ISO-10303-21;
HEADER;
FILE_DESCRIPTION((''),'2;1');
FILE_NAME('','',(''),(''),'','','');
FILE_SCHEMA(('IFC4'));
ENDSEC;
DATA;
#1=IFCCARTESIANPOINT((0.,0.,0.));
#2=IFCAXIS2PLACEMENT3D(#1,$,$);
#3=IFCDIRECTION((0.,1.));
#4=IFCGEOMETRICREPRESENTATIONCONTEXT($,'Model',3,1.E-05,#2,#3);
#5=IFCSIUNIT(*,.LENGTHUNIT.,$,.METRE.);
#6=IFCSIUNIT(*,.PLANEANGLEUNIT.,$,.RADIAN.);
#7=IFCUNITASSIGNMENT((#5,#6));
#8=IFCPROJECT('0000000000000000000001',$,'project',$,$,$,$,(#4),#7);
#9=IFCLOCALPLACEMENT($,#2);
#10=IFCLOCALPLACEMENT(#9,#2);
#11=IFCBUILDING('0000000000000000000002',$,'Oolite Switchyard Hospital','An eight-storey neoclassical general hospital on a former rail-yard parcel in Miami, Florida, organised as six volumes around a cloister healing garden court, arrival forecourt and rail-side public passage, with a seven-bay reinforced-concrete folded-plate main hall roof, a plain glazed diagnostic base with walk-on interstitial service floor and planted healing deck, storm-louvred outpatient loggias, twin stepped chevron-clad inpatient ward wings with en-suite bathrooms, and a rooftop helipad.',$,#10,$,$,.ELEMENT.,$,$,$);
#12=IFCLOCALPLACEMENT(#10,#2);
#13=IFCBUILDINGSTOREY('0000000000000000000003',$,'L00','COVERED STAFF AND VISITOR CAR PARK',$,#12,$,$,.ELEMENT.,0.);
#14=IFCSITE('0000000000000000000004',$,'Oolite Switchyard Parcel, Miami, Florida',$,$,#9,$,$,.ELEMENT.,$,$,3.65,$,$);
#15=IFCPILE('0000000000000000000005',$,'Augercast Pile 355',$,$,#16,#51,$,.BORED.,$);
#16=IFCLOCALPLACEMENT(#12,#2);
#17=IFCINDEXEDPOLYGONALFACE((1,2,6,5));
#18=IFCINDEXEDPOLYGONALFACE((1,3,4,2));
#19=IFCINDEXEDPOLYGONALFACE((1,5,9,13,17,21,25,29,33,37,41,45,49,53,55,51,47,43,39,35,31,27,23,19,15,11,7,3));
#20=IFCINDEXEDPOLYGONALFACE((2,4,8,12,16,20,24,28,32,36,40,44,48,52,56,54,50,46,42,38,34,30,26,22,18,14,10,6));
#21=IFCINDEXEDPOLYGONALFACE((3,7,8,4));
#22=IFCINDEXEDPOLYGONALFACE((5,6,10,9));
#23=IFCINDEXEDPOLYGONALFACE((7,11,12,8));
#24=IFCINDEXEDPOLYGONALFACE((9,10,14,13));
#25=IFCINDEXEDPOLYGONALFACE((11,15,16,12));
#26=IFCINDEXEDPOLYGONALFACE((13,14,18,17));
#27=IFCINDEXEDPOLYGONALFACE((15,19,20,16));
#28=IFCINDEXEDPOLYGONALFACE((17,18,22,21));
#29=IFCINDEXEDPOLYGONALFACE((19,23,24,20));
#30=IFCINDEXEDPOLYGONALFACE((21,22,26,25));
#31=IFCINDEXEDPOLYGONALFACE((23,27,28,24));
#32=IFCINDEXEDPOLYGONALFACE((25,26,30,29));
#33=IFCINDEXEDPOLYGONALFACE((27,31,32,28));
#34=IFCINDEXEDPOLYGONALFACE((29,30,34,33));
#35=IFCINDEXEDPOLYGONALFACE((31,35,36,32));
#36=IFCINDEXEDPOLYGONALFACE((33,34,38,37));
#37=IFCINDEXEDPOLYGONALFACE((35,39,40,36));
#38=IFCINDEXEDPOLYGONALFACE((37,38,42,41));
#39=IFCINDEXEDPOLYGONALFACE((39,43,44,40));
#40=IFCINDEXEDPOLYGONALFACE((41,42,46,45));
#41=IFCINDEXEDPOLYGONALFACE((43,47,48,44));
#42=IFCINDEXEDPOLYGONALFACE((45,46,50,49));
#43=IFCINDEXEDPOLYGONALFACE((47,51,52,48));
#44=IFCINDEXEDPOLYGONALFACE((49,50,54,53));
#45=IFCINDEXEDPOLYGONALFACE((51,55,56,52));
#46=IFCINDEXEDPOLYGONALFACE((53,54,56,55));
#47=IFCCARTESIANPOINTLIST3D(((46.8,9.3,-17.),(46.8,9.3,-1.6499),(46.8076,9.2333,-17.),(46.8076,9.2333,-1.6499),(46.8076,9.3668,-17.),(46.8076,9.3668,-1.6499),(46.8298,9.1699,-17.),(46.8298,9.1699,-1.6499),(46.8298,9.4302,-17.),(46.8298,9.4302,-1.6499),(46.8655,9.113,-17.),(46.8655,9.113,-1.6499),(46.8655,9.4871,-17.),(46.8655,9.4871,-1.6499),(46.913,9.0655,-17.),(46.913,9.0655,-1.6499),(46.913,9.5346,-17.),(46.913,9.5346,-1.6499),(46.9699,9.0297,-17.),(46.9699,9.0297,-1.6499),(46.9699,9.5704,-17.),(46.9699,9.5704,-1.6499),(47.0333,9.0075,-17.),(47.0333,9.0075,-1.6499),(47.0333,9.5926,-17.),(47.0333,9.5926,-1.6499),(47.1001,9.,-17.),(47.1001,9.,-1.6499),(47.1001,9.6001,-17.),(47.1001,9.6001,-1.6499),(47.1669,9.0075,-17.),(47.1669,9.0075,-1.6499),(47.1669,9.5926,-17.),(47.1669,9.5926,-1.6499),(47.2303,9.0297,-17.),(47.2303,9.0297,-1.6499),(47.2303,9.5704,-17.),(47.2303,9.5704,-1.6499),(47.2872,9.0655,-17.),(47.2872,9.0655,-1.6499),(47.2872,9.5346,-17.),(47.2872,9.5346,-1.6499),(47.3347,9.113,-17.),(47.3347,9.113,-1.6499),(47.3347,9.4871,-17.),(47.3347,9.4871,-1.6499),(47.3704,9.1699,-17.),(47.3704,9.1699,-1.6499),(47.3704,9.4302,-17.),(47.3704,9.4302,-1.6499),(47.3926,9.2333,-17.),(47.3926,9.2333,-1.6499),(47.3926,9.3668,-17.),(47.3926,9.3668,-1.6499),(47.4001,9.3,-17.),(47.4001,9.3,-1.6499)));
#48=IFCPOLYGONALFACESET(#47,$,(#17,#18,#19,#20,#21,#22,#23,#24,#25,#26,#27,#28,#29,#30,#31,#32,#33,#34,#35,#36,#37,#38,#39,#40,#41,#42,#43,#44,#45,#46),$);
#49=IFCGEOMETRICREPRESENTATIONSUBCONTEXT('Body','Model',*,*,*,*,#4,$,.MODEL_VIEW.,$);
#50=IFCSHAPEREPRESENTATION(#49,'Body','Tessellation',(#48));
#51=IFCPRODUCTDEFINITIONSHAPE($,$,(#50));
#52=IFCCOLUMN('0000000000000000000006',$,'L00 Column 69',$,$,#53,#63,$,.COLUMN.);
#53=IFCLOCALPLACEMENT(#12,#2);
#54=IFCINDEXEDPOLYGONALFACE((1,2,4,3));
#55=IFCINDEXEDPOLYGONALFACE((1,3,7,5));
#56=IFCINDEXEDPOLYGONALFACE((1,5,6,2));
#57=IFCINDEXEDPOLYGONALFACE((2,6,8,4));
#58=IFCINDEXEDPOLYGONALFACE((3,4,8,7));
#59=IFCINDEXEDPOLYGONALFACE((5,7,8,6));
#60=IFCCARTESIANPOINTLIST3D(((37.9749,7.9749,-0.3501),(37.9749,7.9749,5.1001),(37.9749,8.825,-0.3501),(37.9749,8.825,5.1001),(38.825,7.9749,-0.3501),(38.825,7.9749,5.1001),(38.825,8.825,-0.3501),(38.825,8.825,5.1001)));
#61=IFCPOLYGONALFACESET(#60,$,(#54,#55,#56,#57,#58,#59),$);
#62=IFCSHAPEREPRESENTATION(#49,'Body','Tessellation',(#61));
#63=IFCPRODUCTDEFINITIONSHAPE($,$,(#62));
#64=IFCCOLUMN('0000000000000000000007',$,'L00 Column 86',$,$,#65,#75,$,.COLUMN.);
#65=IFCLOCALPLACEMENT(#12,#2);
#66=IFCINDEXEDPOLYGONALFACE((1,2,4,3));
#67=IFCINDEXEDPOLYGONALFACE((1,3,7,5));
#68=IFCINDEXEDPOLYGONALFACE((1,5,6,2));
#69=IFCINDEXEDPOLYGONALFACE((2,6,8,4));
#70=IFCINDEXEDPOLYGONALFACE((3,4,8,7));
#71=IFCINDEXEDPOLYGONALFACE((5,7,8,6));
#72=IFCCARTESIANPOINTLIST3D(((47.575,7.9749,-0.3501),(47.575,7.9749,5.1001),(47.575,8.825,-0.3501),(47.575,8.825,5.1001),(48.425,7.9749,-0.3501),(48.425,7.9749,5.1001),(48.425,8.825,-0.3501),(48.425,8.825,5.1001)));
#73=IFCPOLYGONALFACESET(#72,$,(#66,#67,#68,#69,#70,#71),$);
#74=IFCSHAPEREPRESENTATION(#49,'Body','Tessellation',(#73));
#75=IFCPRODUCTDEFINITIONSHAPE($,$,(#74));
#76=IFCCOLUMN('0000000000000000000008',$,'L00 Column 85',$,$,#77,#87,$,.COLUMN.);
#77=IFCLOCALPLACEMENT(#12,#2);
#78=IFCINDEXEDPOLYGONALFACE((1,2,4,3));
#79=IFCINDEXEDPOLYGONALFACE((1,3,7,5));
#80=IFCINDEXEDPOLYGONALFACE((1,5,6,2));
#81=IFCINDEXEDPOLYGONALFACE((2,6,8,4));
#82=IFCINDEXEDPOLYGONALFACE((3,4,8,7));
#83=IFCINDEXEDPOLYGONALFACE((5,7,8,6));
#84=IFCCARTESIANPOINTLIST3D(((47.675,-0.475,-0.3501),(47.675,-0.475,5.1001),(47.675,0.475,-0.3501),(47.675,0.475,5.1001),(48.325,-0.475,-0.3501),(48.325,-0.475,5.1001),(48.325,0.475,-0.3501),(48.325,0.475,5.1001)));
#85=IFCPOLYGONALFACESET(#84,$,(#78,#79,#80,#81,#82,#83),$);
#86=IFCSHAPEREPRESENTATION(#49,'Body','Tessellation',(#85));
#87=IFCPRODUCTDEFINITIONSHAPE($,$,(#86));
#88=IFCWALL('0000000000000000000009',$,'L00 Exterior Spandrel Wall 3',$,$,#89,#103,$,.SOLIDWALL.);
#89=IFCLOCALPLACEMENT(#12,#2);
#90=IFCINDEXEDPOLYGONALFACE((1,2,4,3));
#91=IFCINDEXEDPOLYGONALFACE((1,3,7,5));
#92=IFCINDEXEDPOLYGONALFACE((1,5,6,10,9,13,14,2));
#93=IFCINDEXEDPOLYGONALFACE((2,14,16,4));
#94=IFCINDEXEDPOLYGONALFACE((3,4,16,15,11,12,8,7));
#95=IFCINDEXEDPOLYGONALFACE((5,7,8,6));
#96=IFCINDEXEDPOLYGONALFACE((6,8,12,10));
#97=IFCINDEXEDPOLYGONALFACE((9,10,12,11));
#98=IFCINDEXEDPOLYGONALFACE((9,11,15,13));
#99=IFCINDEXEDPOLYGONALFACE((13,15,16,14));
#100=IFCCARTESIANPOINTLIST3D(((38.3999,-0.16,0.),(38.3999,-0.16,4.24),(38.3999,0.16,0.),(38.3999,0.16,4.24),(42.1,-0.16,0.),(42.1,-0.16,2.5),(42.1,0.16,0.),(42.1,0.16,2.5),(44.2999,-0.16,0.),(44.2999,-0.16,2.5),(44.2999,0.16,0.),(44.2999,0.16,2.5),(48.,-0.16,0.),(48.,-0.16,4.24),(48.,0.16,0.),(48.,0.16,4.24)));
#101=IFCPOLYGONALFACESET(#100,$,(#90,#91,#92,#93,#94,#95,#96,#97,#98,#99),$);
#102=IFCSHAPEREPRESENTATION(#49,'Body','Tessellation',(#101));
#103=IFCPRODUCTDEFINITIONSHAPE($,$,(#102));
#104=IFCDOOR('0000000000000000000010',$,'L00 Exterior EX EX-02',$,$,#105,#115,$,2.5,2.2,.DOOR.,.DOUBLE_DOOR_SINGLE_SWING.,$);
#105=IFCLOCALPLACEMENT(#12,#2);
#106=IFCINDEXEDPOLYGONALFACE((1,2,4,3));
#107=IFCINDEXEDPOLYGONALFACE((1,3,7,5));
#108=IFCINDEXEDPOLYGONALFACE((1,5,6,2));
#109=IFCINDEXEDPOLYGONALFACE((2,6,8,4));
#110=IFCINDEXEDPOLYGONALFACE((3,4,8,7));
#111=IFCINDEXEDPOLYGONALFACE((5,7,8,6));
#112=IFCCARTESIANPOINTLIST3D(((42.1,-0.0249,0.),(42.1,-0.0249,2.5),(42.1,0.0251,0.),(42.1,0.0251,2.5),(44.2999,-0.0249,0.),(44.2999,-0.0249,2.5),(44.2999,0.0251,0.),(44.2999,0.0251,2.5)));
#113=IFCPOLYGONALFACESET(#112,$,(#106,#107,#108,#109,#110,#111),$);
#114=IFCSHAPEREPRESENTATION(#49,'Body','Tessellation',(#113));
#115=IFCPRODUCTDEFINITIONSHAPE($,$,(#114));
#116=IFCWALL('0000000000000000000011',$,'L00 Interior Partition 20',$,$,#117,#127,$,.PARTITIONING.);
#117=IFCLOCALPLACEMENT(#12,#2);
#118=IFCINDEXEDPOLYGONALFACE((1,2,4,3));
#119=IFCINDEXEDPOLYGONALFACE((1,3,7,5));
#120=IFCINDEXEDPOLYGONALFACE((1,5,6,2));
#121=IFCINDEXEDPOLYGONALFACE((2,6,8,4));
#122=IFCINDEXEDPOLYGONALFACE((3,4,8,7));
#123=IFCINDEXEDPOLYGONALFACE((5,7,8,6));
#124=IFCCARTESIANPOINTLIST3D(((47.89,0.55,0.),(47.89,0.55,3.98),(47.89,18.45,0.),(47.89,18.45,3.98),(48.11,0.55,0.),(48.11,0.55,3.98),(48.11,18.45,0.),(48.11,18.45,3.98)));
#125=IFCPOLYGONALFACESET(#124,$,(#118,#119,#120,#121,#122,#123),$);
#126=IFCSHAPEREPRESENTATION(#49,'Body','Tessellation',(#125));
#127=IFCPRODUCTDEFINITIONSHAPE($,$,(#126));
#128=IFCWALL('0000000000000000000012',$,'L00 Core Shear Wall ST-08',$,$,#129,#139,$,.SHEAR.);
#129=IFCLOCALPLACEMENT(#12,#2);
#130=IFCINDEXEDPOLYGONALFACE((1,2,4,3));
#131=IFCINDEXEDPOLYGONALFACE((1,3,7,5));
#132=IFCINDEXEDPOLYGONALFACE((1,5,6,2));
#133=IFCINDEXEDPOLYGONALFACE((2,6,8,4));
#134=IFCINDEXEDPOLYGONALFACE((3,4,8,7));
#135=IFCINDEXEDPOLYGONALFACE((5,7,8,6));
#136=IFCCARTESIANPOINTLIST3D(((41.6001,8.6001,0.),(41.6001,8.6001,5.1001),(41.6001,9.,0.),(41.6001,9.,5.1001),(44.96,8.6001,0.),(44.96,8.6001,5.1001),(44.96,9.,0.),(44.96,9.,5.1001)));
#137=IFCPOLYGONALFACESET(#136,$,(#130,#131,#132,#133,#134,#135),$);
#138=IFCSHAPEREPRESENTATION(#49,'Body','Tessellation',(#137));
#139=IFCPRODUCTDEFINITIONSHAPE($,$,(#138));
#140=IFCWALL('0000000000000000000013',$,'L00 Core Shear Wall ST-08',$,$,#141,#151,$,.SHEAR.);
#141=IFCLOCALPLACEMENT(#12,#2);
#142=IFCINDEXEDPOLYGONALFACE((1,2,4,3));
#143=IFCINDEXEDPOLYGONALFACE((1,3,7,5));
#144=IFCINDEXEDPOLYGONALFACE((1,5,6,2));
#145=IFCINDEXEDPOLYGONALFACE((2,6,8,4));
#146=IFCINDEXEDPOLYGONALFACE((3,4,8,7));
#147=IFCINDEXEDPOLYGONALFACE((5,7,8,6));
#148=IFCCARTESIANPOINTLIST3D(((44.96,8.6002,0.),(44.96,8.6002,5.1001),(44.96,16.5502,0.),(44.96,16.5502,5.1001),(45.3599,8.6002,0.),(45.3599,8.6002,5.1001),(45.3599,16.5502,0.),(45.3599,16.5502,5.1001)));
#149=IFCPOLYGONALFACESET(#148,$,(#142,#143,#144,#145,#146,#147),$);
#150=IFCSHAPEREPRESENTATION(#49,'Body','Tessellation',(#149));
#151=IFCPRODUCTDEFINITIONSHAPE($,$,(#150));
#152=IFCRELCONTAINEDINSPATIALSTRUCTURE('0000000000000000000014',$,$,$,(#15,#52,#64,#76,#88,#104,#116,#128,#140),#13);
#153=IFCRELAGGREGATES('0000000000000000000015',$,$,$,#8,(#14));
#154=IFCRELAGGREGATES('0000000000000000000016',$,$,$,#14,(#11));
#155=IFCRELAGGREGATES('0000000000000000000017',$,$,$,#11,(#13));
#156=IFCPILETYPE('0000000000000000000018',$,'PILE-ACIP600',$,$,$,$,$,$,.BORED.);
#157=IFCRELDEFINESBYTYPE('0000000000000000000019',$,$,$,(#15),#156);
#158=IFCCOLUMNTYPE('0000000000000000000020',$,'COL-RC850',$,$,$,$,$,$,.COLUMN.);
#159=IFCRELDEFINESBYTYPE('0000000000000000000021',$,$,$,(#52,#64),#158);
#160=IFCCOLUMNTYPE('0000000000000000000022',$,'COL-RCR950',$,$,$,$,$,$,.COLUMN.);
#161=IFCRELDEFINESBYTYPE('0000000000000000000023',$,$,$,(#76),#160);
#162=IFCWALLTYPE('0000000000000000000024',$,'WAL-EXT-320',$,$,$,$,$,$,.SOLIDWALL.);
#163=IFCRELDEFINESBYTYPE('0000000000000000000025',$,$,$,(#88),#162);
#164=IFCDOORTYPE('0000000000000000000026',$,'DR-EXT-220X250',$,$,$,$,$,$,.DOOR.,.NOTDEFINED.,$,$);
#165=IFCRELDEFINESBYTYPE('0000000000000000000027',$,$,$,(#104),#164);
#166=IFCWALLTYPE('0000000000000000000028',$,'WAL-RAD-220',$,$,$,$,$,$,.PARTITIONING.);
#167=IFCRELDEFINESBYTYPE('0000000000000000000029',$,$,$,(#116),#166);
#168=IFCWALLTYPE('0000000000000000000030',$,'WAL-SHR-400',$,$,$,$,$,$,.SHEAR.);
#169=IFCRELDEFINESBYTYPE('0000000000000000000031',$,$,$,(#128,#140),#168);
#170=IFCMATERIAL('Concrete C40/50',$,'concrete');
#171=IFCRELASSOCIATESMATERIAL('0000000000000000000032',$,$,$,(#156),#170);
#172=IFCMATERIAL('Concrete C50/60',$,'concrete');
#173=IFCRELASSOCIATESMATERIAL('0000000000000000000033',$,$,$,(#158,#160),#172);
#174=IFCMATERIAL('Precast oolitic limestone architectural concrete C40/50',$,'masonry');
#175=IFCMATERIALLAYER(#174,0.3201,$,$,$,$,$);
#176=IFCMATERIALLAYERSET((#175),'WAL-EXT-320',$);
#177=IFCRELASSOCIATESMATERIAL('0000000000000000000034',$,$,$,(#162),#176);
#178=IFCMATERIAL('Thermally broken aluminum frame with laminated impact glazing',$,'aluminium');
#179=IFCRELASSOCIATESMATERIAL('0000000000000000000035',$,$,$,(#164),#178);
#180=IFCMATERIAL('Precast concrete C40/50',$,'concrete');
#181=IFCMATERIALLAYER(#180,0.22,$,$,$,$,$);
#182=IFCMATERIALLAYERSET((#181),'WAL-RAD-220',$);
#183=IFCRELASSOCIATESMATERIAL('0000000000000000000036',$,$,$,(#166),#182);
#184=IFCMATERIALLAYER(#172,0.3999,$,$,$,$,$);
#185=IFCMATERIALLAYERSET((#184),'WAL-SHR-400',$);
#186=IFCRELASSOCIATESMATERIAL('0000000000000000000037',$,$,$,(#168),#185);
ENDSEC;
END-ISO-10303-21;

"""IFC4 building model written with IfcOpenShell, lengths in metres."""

from ifc_helpers import new_model, si_unit, direction, frame, frame_2d, origin, origin_2d, place, context, subcontext, project, spatial, rectangle, circle, extrude, material, layer, layer_set, material_profile, profile_set, type_object, element, fill, save


model = new_model("IFC4")

# Units and contexts
model_context = context("Model", 3, precision=1e-05, world=origin(), true_north=direction((0.0, 1.0)))
body_context = subcontext(model_context, "Body", "Model", "MODEL_VIEW")
ifc_project = project(units=[si_unit("LENGTHUNIT", "METRE"), si_unit("PLANEANGLEUNIT", "RADIAN")], contexts=[model_context])

# Site, building, storey
site_placement = place(None, origin())
site = spatial("IfcSite", under=ifc_project, at=site_placement, Name="Oolite Switchyard Parcel, Miami, Florida", CompositionType="ELEMENT", RefElevation=3.65)
building_placement = place(site_placement, origin())
building = spatial("IfcBuilding", under=site, at=building_placement, Name="Oolite Switchyard Hospital", Description="An eight-storey neoclassical general hospital on a former rail-yard parcel in Miami, Florida, organised as six volumes around a cloister healing garden court, arrival forecourt and rail-side public passage, with a seven-bay reinforced-concrete folded-plate main hall roof, a plain glazed diagnostic base with walk-on interstitial service floor and planted healing deck, storm-louvred outpatient loggias, twin stepped chevron-clad inpatient ward wings with en-suite bathrooms, and a rooftop helipad.", CompositionType="ELEMENT")
storey_placement = place(building_placement, origin())
storey = spatial("IfcBuildingStorey", under=building, at=storey_placement, Name="L00", Description="COVERED STAFF AND VISITOR CAR PARK", CompositionType="ELEMENT", Elevation=0.0)

# Shared definitions
ifc_material_1 = material(Name="Concrete C40/50", Category="concrete")

# Pile
ifc_material_profile_1 = material_profile(ifc_material_1, circle(Radius=0.3, at=origin_2d()), Name="PILE600")
ifc_profile_set_1 = profile_set([ifc_material_profile_1], Name="Concrete C40/50")
pile_type = type_object("IfcPileType", Name="PILE-ACIP600", PredefinedType="BORED", material=ifc_profile_set_1)
for number, where, z_axis, x_axis, name in (
    (1, (47.1001, 9.3, -1.6499), (0.0, 0.0, -1.0), (1.0, 0.0, 0.0), "Augercast Pile 355"),
):
    element("IfcPile", number, at=place(storey_placement, frame(where, z_axis=z_axis, x_axis=x_axis)), inside=storey, type_object=pile_type, Name=name, PredefinedType="BORED", context=body_context, shape_type="SweptSolid", body=[
        extrude(circle(Radius=0.3, at=origin_2d()), origin(), (0.0, 0.0, 1.0), 15.3501),
    ])

# Columns
ifc_material_2 = material(Name="Concrete C50/60", Category="concrete")
ifc_material_profile_2 = material_profile(ifc_material_2, rectangle(XDim=0.8501, YDim=0.8501, at=origin_2d()), Name="RC850X850")
ifc_profile_set_2 = profile_set([ifc_material_profile_2], Name="Concrete C50/60")
column_type_1 = type_object("IfcColumnType", Name="COL-RC850", PredefinedType="COLUMN", material=ifc_profile_set_2)
for number, where, z_axis, x_axis, name in (
    (2, (38.3999, 8.3999, -0.3501), (0.0, 0.0, 1.0), (1.0, 0.0, 0.0), "L00 Column 69"),
    (3, (48.0, 8.3999, -0.3501), (0.0, 0.0, 1.0), (1.0, 0.0, 0.0), "L00 Column 86"),
):
    element("IfcColumn", number, at=place(storey_placement, frame(where, z_axis=z_axis, x_axis=x_axis)), inside=storey, type_object=column_type_1, Name=name, PredefinedType="COLUMN", context=body_context, shape_type="SweptSolid", body=[
        extrude(rectangle(XDim=0.8501, YDim=0.8501, at=origin_2d()), origin(), (0.0, 0.0, 1.0), 5.4502),
    ])
ifc_material_profile_3 = material_profile(ifc_material_2, rectangle(XDim=0.95, YDim=0.6499, at=origin_2d()), Name="RC950X650")
ifc_profile_set_3 = profile_set([ifc_material_profile_3], Name="Concrete C50/60")
column_type_2 = type_object("IfcColumnType", Name="COL-RCR950", PredefinedType="COLUMN", material=ifc_profile_set_3)
column_placement = place(storey_placement, frame((48.0, 0.0, -0.3501), z_axis=(0.0, 0.0, 1.0), x_axis=(0.0, 1.0, 0.0)))
element("IfcColumn", 4, at=column_placement, inside=storey, type_object=column_type_2, Name="L00 Column 85", PredefinedType="COLUMN", context=body_context, shape_type="SweptSolid", body=[
    extrude(rectangle(XDim=0.95, YDim=0.6499, at=origin_2d()), origin(), (0.0, 0.0, 1.0), 5.4502),
])

# Wall, opening, door
ifc_material_3 = material(Name="Precast oolitic limestone architectural concrete C40/50", Category="masonry")
ifc_layer_1 = layer(ifc_material_3, 0.3201)
ifc_layer_set_1 = layer_set([ifc_layer_1], Name="WAL-EXT-320")
wall_type_1 = type_object("IfcWallType", Name="WAL-EXT-320", PredefinedType="SOLIDWALL", material=ifc_layer_set_1)
wall_1_placement = place(storey_placement, frame((48.0, 0.0, 0.0), z_axis=(0.0, 0.0, 1.0), x_axis=(-1.0, 0.0, 0.0)))
wall_1 = element("IfcWall", 5, at=wall_1_placement, inside=storey, type_object=wall_type_1, Name="L00 Exterior Spandrel Wall 3", PredefinedType="SOLIDWALL", context=body_context, shape_type="SweptSolid", body=[
    extrude(rectangle(XDim=9.6001, YDim=0.3201, at=frame_2d((4.8, 0.0))), origin(), (0.0, 0.0, 1.0), 4.24),
])
opening_placement = place(wall_1_placement, frame((3.7, 0.0, 0.0)))
opening = element("IfcOpeningElement", 6, at=opening_placement, cuts=wall_1, PredefinedType="OPENING", context=body_context, shape_type="SweptSolid", body=[
    extrude(rectangle(XDim=2.2, YDim=2.5, at=frame_2d((1.1001, 1.25))), frame((0.0, 0.1699, 0.0), z_axis=(0.0, -1.0, 0.0), x_axis=(1.0, 0.0, 0.0)), (0.0, 0.0, 1.0), 0.3401),
])
ifc_material_4 = material(Name="Thermally broken aluminum frame with laminated impact glazing", Category="aluminium")
door_type = type_object("IfcDoorType", Name="DR-EXT-220X250", OperationType="NOTDEFINED", PredefinedType="DOOR", material=ifc_material_4)
door_placement = place(opening_placement, origin())
door = element("IfcDoor", 7, at=door_placement, inside=storey, type_object=door_type, Name="L00 Exterior EX EX-02", OperationType="DOUBLE_DOOR_SINGLE_SWING", OverallHeight=2.5, OverallWidth=2.2, PredefinedType="DOOR", context=body_context, shape_type="SweptSolid", body=[
    extrude(rectangle(XDim=2.2, YDim=2.5, at=frame_2d((1.1001, 1.25))), frame((0.0, 0.0249, 0.0), z_axis=(0.0, -1.0, 0.0), x_axis=(1.0, 0.0, 0.0)), (0.0, 0.0, 1.0), 0.05),
])
fill(opening, door)

# Walls
ifc_material_5 = material(Name="Precast concrete C40/50", Category="concrete")
ifc_layer_2 = layer(ifc_material_5, 0.22)
ifc_layer_set_2 = layer_set([ifc_layer_2], Name="WAL-RAD-220")
wall_type_2 = type_object("IfcWallType", Name="WAL-RAD-220", PredefinedType="PARTITIONING", material=ifc_layer_set_2)
wall_2_placement = place(storey_placement, frame((48.0, 0.55, 0.0), z_axis=(0.0, 0.0, 1.0), x_axis=(0.0, 1.0, 0.0)))
element("IfcWall", 8, at=wall_2_placement, inside=storey, type_object=wall_type_2, Name="L00 Interior Partition 20", PredefinedType="PARTITIONING", context=body_context, shape_type="SweptSolid", body=[
    extrude(rectangle(XDim=17.8999, YDim=0.22, at=frame_2d((8.95, 0.0))), origin(), (0.0, 0.0, 1.0), 3.98),
])
ifc_layer_3 = layer(ifc_material_2, 0.3999)
ifc_layer_set_3 = layer_set([ifc_layer_3], Name="WAL-SHR-400")
wall_type_3 = type_object("IfcWallType", Name="WAL-SHR-400", PredefinedType="SHEAR", material=ifc_layer_set_3)
wall_3_placement = place(storey_placement, frame((41.6001, 8.8, 0.0), z_axis=(0.0, 0.0, 1.0), x_axis=(1.0, 0.0, 0.0)))
element("IfcWall", 9, at=wall_3_placement, inside=storey, type_object=wall_type_3, Name="L00 Core Shear Wall ST-08", PredefinedType="SHEAR", context=body_context, shape_type="SweptSolid", body=[
    extrude(rectangle(XDim=3.3599, YDim=0.3999, at=frame_2d((1.6799, 0.0))), origin(), (0.0, 0.0, 1.0), 5.1001),
])
wall_4_placement = place(storey_placement, frame((45.1599, 8.6001, 0.0), z_axis=(0.0, 0.0, 1.0), x_axis=(0.0, 1.0, 0.0)))
element("IfcWall", 10, at=wall_4_placement, inside=storey, type_object=wall_type_3, Name="L00 Core Shear Wall ST-08", PredefinedType="SHEAR", context=body_context, shape_type="SweptSolid", body=[
    extrude(rectangle(XDim=7.95, YDim=0.3999, at=frame_2d((3.9751, 0.0))), origin(), (0.0, 0.0, 1.0), 5.1001),
])

save(model, "model.ifc")
